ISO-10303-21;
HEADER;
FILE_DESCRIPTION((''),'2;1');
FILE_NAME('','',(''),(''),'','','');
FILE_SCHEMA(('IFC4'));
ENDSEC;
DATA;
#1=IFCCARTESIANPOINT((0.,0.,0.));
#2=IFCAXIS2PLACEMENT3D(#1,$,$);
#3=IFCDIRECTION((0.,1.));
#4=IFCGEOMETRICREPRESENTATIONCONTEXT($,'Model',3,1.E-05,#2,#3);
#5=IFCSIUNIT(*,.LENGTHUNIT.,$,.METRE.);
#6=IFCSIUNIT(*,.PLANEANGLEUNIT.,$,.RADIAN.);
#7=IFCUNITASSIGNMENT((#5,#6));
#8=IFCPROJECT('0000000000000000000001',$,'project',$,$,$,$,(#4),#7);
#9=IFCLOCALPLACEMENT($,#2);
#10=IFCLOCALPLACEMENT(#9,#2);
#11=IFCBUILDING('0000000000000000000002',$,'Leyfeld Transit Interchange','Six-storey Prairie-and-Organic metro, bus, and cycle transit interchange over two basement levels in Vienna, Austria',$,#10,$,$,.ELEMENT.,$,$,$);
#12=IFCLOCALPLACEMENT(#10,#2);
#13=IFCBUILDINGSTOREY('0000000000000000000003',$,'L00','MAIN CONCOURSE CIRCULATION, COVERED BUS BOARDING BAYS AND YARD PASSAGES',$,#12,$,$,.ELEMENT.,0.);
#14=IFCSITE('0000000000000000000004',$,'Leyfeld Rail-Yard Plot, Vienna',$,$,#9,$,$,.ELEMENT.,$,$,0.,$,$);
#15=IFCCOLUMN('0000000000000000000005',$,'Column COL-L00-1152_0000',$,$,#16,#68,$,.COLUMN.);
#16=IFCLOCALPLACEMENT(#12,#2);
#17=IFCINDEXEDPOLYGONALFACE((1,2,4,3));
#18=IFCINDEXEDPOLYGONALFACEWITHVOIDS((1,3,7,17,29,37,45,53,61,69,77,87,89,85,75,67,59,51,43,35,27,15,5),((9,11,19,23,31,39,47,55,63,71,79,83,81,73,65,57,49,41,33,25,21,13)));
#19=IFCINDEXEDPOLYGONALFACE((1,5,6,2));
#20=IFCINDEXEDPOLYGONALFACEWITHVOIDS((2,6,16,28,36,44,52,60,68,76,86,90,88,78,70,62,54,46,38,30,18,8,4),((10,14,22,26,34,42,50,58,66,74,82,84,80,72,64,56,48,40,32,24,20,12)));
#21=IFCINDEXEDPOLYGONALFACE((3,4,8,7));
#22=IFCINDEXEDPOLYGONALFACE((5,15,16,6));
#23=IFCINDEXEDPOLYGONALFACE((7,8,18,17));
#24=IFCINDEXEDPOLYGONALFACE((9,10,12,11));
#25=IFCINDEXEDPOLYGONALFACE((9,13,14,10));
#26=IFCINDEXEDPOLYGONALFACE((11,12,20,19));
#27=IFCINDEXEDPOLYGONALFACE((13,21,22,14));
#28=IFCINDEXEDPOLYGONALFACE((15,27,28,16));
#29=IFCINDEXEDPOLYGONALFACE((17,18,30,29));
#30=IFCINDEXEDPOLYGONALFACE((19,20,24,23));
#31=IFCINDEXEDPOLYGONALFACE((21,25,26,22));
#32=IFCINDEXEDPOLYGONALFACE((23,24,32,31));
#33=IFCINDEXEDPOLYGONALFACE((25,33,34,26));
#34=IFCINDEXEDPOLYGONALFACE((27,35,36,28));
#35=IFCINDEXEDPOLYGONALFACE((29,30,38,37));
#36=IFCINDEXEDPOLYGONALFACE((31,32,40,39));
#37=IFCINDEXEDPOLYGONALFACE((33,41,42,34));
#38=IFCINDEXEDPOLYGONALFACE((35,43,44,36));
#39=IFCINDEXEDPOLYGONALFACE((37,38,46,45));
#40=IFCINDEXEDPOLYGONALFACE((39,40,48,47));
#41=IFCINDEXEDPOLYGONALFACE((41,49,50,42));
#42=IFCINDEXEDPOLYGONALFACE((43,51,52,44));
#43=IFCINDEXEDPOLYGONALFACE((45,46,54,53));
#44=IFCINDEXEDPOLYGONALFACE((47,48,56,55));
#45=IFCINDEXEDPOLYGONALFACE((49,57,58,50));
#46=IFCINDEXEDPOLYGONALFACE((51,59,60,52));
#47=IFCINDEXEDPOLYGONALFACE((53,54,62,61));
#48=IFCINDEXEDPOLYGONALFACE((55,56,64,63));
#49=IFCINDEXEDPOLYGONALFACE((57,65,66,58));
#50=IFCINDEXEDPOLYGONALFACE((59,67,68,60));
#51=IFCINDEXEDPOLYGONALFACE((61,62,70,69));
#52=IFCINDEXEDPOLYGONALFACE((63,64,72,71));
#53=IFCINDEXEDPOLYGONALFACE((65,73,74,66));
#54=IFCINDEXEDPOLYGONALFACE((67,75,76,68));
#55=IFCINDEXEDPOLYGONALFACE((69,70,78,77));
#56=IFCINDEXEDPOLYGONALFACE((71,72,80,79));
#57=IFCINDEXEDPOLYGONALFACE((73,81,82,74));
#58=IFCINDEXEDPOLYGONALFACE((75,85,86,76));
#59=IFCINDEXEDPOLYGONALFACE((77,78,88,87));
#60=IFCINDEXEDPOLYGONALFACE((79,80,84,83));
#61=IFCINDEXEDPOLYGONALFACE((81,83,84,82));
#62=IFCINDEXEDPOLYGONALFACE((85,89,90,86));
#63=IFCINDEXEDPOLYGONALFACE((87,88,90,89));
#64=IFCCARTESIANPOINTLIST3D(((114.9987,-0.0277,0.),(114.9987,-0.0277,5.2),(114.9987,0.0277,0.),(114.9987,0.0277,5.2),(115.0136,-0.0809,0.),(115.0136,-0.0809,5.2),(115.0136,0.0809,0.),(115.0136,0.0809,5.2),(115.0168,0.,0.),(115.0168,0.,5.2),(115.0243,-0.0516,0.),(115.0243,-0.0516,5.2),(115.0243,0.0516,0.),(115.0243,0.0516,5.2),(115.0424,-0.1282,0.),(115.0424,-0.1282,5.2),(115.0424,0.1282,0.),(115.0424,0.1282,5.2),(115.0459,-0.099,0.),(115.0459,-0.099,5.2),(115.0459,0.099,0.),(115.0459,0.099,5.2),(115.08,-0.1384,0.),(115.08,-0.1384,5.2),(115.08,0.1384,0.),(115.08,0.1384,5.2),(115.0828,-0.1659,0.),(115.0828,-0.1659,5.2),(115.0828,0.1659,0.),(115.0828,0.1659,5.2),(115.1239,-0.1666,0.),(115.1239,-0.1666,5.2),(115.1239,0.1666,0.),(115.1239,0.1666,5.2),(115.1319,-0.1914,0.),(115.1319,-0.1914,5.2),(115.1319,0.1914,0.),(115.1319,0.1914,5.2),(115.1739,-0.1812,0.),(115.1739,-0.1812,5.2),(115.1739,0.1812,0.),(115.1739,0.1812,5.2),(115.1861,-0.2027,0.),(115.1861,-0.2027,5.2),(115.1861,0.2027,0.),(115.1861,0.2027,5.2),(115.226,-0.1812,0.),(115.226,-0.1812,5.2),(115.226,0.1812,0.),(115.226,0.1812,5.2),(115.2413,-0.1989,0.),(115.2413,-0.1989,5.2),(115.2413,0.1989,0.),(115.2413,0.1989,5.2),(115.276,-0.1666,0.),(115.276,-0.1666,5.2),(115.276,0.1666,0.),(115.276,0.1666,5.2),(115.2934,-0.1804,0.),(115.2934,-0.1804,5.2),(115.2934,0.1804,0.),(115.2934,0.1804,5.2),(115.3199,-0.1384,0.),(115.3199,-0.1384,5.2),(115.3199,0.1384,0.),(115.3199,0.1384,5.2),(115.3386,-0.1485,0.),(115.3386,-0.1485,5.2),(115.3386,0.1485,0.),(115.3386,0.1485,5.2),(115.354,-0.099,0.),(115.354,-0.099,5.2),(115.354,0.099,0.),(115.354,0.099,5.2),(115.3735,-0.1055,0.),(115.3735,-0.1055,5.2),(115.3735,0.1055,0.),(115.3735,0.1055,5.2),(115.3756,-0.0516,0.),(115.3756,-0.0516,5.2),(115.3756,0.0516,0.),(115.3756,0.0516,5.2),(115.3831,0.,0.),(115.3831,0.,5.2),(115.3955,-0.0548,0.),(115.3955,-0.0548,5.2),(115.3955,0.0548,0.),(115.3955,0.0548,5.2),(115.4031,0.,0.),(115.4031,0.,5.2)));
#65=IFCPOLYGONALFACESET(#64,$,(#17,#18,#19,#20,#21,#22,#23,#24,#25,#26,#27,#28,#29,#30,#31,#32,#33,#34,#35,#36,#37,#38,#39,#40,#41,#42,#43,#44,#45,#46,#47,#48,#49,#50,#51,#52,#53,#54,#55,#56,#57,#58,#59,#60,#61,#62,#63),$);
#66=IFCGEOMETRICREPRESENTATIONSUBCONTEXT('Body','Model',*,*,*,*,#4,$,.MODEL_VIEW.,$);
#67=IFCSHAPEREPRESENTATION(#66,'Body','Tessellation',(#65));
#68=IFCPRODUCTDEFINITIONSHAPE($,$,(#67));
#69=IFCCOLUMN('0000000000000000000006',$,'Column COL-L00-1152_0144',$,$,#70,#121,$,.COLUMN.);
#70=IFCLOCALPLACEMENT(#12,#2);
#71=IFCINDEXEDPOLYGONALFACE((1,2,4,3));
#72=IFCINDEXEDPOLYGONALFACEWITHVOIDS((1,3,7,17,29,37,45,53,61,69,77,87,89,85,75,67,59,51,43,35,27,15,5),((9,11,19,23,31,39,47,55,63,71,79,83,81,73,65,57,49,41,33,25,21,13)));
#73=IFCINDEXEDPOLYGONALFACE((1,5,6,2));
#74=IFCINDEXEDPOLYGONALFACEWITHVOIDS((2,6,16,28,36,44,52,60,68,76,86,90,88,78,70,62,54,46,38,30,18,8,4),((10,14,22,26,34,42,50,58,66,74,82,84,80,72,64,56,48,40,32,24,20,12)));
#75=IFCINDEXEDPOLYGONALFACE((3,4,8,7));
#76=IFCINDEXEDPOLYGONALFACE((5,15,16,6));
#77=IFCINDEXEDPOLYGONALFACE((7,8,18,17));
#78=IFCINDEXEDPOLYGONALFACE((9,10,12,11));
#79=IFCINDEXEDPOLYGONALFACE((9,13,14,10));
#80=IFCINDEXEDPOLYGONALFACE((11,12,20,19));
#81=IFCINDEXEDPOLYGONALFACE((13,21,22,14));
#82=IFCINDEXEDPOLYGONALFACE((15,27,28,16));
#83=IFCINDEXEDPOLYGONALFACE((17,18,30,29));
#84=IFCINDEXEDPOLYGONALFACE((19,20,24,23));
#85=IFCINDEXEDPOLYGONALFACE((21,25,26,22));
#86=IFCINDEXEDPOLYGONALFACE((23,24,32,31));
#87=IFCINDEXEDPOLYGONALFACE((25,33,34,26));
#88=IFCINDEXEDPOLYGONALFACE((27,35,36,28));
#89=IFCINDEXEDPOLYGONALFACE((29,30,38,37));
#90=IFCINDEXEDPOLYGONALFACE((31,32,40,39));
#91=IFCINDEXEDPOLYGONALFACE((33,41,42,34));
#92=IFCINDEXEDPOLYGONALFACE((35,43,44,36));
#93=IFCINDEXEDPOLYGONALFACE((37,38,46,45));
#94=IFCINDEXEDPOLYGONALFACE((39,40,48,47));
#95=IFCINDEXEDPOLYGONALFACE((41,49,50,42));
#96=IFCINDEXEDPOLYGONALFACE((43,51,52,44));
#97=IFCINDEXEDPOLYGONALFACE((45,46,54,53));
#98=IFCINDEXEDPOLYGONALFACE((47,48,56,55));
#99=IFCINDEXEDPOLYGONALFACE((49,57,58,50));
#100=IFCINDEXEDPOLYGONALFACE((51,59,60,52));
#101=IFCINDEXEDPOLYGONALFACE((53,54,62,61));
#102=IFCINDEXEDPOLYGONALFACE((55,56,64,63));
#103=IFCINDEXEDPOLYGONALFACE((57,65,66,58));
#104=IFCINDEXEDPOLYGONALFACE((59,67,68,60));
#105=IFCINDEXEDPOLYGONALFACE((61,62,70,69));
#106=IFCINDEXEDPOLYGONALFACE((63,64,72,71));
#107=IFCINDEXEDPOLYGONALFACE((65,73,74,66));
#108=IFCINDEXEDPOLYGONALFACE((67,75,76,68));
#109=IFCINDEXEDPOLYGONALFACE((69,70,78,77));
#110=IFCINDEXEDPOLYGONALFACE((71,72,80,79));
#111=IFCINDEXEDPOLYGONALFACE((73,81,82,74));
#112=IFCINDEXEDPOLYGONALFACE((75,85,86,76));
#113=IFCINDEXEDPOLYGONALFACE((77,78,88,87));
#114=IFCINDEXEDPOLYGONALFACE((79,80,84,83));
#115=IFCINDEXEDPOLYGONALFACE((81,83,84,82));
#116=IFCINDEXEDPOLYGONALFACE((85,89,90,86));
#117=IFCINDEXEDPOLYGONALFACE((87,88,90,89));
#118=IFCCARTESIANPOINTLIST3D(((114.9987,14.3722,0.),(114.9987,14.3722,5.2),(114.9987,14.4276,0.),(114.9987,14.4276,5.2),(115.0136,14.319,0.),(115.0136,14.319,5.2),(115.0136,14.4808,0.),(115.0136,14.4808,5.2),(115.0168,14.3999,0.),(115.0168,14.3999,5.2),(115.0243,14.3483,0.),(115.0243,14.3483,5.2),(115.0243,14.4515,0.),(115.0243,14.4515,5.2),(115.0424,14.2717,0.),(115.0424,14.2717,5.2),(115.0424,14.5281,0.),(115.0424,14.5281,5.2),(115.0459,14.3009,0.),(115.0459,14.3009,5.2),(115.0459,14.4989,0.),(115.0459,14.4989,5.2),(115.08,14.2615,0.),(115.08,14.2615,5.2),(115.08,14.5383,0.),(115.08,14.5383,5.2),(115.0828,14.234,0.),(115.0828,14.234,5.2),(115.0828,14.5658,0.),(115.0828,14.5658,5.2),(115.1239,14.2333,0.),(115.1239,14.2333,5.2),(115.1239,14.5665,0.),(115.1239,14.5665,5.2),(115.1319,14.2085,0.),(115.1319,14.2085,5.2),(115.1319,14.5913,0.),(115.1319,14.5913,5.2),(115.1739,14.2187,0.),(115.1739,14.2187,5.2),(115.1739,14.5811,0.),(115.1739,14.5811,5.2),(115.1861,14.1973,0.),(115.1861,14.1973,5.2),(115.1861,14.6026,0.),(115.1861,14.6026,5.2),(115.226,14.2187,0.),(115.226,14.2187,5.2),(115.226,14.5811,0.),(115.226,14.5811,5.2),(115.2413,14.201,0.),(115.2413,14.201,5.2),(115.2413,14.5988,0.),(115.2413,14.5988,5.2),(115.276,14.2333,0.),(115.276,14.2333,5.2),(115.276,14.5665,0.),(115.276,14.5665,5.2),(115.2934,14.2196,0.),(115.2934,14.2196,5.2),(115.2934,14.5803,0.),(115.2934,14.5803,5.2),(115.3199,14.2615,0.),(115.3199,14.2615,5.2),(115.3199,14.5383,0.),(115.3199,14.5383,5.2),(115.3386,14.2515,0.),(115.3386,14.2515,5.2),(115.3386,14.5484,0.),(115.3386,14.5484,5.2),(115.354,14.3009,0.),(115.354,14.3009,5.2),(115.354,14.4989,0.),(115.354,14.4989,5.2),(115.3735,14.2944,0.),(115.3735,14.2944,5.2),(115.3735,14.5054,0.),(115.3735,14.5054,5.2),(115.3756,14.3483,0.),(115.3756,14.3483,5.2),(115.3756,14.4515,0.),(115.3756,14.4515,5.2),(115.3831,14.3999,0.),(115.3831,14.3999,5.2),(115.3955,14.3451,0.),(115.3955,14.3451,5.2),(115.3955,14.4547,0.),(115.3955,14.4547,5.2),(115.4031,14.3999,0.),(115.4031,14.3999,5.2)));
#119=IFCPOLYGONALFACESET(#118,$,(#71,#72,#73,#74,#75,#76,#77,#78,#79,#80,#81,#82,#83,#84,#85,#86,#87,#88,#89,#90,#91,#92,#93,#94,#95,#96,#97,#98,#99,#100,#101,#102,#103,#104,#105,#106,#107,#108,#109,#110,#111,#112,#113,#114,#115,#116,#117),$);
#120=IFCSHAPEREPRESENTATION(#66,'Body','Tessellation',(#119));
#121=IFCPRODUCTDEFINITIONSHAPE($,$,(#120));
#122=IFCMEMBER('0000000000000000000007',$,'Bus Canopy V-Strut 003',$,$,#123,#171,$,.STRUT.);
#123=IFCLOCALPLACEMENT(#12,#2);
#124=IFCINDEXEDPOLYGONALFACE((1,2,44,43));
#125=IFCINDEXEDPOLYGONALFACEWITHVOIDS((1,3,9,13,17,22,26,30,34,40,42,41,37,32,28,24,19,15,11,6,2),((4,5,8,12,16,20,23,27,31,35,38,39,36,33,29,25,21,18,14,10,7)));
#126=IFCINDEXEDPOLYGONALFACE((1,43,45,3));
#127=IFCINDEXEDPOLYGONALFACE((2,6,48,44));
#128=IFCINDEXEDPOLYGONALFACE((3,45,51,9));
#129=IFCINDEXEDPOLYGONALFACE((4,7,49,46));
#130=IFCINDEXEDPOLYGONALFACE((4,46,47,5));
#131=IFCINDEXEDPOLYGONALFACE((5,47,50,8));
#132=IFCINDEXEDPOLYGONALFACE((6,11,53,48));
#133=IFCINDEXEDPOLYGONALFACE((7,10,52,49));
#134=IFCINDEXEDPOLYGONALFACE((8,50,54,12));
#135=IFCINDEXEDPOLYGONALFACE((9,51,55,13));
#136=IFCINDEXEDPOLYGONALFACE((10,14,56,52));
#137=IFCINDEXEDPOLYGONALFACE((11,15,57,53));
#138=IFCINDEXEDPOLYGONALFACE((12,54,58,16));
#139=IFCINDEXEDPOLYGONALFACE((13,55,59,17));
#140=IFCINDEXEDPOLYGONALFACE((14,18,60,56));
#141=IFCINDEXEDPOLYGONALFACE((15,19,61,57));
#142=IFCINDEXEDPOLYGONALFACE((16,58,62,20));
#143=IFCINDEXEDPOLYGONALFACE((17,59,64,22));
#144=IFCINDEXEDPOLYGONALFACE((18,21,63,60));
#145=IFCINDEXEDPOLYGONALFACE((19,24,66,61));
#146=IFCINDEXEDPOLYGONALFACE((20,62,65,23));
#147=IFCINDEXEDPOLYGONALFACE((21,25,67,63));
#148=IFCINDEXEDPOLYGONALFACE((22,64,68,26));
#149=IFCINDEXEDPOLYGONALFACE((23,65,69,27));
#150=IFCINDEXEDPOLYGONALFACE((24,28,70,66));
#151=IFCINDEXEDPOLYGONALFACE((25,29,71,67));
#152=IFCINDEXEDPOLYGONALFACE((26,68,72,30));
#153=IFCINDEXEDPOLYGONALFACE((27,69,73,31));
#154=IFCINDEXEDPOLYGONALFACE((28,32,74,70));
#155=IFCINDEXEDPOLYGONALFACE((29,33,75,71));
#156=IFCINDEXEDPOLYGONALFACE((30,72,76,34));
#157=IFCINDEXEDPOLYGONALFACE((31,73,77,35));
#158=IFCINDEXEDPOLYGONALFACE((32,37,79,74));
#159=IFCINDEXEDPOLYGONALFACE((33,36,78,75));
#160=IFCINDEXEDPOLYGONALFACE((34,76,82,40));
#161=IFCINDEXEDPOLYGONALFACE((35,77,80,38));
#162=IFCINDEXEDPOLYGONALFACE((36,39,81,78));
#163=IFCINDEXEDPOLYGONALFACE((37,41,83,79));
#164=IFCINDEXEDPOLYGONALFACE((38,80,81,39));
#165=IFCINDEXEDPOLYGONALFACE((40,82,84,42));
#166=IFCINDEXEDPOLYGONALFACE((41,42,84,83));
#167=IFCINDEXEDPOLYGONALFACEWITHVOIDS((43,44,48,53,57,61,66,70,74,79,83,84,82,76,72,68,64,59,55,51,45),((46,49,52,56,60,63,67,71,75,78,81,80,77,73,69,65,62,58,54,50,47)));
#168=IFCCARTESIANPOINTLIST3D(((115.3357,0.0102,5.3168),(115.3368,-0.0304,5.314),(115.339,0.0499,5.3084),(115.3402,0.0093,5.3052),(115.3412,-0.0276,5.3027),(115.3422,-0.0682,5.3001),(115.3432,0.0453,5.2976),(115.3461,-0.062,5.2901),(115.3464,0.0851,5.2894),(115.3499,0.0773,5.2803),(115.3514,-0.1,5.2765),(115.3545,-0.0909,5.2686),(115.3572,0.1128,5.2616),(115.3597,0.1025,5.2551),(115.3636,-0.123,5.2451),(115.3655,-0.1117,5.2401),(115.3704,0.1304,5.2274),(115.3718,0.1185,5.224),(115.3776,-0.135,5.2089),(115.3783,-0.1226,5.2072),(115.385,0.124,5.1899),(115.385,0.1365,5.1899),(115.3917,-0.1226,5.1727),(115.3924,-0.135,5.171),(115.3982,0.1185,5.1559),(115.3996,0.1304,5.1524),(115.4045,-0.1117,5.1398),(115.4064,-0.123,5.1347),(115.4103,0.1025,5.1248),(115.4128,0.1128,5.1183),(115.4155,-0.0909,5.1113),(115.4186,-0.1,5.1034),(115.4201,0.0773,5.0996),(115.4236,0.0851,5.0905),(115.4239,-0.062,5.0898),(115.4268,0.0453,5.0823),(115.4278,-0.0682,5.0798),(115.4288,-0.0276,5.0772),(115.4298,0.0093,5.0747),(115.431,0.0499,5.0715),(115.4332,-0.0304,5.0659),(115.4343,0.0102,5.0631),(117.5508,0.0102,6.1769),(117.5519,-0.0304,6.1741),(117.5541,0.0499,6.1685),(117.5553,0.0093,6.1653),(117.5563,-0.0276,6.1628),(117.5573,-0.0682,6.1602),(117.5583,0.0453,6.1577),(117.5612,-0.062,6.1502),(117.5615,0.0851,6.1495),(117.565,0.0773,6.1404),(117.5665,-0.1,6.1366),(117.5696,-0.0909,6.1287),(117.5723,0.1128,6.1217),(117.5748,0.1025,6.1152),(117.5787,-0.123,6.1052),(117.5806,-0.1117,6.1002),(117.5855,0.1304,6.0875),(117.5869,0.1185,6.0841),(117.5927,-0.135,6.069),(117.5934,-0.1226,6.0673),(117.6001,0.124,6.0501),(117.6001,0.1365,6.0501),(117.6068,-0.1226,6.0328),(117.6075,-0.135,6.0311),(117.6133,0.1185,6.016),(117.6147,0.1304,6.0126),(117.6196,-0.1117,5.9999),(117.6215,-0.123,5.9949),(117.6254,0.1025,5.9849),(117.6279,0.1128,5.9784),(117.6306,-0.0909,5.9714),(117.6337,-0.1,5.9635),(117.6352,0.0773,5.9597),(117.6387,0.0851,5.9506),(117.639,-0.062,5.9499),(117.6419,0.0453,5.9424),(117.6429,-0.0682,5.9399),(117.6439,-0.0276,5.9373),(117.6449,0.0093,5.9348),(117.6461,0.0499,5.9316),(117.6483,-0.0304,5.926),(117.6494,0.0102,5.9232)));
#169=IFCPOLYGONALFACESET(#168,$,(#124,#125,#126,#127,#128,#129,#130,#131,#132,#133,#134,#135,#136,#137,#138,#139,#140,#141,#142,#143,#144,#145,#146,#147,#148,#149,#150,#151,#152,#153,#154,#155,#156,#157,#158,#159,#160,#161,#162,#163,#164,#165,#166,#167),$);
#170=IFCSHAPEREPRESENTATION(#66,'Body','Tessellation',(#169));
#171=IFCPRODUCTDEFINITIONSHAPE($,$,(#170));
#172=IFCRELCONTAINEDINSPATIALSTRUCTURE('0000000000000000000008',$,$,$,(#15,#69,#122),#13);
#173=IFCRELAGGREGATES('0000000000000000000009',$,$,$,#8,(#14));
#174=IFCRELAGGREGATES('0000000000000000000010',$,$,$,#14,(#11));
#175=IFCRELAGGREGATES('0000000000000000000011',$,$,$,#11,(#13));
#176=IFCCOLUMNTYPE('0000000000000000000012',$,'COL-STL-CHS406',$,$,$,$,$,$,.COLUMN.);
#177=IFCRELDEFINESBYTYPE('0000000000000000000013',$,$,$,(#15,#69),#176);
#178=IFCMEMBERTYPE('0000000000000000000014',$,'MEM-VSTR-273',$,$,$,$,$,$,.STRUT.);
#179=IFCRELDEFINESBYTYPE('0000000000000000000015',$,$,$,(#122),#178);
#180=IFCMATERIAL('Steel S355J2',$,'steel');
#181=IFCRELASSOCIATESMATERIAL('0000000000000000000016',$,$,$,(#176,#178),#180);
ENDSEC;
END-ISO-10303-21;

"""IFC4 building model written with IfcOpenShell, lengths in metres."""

from ifc_helpers import new_model, si_unit, direction, frame, origin, origin_2d, place, context, subcontext, project, spatial, hollow_circle, extrude, material, material_profile, profile_set, type_object, element, save


model = new_model("IFC4")

# Units and contexts
model_context = context("Model", 3, precision=1e-05, world=origin(), true_north=direction((0.0, 1.0)))
body_context = subcontext(model_context, "Body", "Model", "MODEL_VIEW")
ifc_project = project(units=[si_unit("LENGTHUNIT", "METRE"), si_unit("PLANEANGLEUNIT", "RADIAN")], contexts=[model_context])

# Site, building, storey
site_placement = place(None, origin())
site = spatial("IfcSite", under=ifc_project, at=site_placement, Name="Leyfeld Rail-Yard Plot, Vienna", CompositionType="ELEMENT", RefElevation=0.0)
building_placement = place(site_placement, origin())
building = spatial("IfcBuilding", under=site, at=building_placement, Name="Leyfeld Transit Interchange", Description="Six-storey Prairie-and-Organic metro, bus, and cycle transit interchange over two basement levels in Vienna, Austria", CompositionType="ELEMENT")
storey_placement = place(building_placement, origin())
storey = spatial("IfcBuildingStorey", under=building, at=storey_placement, Name="L00", Description="MAIN CONCOURSE CIRCULATION, COVERED BUS BOARDING BAYS AND YARD PASSAGES", CompositionType="ELEMENT", Elevation=0.0)

# Columns
ifc_material_1 = material(Name="Steel S355J2", Category="steel")
ifc_material_profile_1 = material_profile(ifc_material_1, hollow_circle(Radius=0.2031, WallThickness=0.02, at=origin_2d()), Name="CHS 406.4x20")
ifc_profile_set_1 = profile_set([ifc_material_profile_1], Name="Steel S355J2")
column_type = type_object("IfcColumnType", Name="COL-STL-CHS406", PredefinedType="COLUMN", material=ifc_profile_set_1)
for number, where, z_axis, x_axis, name in (
    (1, (115.2, 0.0, 0.0), (0.0, 0.0, 1.0), (1.0, 0.0, 0.0), "Column COL-L00-1152_0000"),
    (2, (115.2, 14.3999, 0.0), (0.0, 0.0, 1.0), (1.0, 0.0, 0.0), "Column COL-L00-1152_0144"),
):
    element("IfcColumn", number, at=place(storey_placement, frame(where, z_axis=z_axis, x_axis=x_axis)), inside=storey, type_object=column_type, Name=name, PredefinedType="COLUMN", context=body_context, shape_type="SweptSolid", body=[
        extrude(hollow_circle(Radius=0.2031, WallThickness=0.02, at=origin_2d()), origin(), (0.0, 0.0, 1.0), 5.2),
    ])

# Member
ifc_material_profile_2 = material_profile(ifc_material_1, hollow_circle(Radius=0.1365, WallThickness=0.0125, at=origin_2d()), Name="CHS 273x12.5")
ifc_profile_set_2 = profile_set([ifc_material_profile_2], Name="Steel S355J2")
member_type_1 = type_object("IfcMemberType", Name="MEM-VSTR-273", PredefinedType="STRUT", material=ifc_profile_set_2)
for number, where, z_axis, x_axis, name in (
    (3, (115.385, 0.0, 5.1899), (0.932192, 0.0, 0.361965), (0.0, 1.0, 0.0), "Bus Canopy V-Strut 003"),
):
    element("IfcMember", number, at=place(storey_placement, frame(where, z_axis=z_axis, x_axis=x_axis)), inside=storey, type_object=member_type_1, Name=name, PredefinedType="STRUT", context=body_context, shape_type="SweptSolid", body=[
        extrude(hollow_circle(Radius=0.1365, WallThickness=0.0125, at=origin_2d()), origin(), (0.0, 0.0, 1.0), 2.3762),
    ])

save(model, "model.ifc")
